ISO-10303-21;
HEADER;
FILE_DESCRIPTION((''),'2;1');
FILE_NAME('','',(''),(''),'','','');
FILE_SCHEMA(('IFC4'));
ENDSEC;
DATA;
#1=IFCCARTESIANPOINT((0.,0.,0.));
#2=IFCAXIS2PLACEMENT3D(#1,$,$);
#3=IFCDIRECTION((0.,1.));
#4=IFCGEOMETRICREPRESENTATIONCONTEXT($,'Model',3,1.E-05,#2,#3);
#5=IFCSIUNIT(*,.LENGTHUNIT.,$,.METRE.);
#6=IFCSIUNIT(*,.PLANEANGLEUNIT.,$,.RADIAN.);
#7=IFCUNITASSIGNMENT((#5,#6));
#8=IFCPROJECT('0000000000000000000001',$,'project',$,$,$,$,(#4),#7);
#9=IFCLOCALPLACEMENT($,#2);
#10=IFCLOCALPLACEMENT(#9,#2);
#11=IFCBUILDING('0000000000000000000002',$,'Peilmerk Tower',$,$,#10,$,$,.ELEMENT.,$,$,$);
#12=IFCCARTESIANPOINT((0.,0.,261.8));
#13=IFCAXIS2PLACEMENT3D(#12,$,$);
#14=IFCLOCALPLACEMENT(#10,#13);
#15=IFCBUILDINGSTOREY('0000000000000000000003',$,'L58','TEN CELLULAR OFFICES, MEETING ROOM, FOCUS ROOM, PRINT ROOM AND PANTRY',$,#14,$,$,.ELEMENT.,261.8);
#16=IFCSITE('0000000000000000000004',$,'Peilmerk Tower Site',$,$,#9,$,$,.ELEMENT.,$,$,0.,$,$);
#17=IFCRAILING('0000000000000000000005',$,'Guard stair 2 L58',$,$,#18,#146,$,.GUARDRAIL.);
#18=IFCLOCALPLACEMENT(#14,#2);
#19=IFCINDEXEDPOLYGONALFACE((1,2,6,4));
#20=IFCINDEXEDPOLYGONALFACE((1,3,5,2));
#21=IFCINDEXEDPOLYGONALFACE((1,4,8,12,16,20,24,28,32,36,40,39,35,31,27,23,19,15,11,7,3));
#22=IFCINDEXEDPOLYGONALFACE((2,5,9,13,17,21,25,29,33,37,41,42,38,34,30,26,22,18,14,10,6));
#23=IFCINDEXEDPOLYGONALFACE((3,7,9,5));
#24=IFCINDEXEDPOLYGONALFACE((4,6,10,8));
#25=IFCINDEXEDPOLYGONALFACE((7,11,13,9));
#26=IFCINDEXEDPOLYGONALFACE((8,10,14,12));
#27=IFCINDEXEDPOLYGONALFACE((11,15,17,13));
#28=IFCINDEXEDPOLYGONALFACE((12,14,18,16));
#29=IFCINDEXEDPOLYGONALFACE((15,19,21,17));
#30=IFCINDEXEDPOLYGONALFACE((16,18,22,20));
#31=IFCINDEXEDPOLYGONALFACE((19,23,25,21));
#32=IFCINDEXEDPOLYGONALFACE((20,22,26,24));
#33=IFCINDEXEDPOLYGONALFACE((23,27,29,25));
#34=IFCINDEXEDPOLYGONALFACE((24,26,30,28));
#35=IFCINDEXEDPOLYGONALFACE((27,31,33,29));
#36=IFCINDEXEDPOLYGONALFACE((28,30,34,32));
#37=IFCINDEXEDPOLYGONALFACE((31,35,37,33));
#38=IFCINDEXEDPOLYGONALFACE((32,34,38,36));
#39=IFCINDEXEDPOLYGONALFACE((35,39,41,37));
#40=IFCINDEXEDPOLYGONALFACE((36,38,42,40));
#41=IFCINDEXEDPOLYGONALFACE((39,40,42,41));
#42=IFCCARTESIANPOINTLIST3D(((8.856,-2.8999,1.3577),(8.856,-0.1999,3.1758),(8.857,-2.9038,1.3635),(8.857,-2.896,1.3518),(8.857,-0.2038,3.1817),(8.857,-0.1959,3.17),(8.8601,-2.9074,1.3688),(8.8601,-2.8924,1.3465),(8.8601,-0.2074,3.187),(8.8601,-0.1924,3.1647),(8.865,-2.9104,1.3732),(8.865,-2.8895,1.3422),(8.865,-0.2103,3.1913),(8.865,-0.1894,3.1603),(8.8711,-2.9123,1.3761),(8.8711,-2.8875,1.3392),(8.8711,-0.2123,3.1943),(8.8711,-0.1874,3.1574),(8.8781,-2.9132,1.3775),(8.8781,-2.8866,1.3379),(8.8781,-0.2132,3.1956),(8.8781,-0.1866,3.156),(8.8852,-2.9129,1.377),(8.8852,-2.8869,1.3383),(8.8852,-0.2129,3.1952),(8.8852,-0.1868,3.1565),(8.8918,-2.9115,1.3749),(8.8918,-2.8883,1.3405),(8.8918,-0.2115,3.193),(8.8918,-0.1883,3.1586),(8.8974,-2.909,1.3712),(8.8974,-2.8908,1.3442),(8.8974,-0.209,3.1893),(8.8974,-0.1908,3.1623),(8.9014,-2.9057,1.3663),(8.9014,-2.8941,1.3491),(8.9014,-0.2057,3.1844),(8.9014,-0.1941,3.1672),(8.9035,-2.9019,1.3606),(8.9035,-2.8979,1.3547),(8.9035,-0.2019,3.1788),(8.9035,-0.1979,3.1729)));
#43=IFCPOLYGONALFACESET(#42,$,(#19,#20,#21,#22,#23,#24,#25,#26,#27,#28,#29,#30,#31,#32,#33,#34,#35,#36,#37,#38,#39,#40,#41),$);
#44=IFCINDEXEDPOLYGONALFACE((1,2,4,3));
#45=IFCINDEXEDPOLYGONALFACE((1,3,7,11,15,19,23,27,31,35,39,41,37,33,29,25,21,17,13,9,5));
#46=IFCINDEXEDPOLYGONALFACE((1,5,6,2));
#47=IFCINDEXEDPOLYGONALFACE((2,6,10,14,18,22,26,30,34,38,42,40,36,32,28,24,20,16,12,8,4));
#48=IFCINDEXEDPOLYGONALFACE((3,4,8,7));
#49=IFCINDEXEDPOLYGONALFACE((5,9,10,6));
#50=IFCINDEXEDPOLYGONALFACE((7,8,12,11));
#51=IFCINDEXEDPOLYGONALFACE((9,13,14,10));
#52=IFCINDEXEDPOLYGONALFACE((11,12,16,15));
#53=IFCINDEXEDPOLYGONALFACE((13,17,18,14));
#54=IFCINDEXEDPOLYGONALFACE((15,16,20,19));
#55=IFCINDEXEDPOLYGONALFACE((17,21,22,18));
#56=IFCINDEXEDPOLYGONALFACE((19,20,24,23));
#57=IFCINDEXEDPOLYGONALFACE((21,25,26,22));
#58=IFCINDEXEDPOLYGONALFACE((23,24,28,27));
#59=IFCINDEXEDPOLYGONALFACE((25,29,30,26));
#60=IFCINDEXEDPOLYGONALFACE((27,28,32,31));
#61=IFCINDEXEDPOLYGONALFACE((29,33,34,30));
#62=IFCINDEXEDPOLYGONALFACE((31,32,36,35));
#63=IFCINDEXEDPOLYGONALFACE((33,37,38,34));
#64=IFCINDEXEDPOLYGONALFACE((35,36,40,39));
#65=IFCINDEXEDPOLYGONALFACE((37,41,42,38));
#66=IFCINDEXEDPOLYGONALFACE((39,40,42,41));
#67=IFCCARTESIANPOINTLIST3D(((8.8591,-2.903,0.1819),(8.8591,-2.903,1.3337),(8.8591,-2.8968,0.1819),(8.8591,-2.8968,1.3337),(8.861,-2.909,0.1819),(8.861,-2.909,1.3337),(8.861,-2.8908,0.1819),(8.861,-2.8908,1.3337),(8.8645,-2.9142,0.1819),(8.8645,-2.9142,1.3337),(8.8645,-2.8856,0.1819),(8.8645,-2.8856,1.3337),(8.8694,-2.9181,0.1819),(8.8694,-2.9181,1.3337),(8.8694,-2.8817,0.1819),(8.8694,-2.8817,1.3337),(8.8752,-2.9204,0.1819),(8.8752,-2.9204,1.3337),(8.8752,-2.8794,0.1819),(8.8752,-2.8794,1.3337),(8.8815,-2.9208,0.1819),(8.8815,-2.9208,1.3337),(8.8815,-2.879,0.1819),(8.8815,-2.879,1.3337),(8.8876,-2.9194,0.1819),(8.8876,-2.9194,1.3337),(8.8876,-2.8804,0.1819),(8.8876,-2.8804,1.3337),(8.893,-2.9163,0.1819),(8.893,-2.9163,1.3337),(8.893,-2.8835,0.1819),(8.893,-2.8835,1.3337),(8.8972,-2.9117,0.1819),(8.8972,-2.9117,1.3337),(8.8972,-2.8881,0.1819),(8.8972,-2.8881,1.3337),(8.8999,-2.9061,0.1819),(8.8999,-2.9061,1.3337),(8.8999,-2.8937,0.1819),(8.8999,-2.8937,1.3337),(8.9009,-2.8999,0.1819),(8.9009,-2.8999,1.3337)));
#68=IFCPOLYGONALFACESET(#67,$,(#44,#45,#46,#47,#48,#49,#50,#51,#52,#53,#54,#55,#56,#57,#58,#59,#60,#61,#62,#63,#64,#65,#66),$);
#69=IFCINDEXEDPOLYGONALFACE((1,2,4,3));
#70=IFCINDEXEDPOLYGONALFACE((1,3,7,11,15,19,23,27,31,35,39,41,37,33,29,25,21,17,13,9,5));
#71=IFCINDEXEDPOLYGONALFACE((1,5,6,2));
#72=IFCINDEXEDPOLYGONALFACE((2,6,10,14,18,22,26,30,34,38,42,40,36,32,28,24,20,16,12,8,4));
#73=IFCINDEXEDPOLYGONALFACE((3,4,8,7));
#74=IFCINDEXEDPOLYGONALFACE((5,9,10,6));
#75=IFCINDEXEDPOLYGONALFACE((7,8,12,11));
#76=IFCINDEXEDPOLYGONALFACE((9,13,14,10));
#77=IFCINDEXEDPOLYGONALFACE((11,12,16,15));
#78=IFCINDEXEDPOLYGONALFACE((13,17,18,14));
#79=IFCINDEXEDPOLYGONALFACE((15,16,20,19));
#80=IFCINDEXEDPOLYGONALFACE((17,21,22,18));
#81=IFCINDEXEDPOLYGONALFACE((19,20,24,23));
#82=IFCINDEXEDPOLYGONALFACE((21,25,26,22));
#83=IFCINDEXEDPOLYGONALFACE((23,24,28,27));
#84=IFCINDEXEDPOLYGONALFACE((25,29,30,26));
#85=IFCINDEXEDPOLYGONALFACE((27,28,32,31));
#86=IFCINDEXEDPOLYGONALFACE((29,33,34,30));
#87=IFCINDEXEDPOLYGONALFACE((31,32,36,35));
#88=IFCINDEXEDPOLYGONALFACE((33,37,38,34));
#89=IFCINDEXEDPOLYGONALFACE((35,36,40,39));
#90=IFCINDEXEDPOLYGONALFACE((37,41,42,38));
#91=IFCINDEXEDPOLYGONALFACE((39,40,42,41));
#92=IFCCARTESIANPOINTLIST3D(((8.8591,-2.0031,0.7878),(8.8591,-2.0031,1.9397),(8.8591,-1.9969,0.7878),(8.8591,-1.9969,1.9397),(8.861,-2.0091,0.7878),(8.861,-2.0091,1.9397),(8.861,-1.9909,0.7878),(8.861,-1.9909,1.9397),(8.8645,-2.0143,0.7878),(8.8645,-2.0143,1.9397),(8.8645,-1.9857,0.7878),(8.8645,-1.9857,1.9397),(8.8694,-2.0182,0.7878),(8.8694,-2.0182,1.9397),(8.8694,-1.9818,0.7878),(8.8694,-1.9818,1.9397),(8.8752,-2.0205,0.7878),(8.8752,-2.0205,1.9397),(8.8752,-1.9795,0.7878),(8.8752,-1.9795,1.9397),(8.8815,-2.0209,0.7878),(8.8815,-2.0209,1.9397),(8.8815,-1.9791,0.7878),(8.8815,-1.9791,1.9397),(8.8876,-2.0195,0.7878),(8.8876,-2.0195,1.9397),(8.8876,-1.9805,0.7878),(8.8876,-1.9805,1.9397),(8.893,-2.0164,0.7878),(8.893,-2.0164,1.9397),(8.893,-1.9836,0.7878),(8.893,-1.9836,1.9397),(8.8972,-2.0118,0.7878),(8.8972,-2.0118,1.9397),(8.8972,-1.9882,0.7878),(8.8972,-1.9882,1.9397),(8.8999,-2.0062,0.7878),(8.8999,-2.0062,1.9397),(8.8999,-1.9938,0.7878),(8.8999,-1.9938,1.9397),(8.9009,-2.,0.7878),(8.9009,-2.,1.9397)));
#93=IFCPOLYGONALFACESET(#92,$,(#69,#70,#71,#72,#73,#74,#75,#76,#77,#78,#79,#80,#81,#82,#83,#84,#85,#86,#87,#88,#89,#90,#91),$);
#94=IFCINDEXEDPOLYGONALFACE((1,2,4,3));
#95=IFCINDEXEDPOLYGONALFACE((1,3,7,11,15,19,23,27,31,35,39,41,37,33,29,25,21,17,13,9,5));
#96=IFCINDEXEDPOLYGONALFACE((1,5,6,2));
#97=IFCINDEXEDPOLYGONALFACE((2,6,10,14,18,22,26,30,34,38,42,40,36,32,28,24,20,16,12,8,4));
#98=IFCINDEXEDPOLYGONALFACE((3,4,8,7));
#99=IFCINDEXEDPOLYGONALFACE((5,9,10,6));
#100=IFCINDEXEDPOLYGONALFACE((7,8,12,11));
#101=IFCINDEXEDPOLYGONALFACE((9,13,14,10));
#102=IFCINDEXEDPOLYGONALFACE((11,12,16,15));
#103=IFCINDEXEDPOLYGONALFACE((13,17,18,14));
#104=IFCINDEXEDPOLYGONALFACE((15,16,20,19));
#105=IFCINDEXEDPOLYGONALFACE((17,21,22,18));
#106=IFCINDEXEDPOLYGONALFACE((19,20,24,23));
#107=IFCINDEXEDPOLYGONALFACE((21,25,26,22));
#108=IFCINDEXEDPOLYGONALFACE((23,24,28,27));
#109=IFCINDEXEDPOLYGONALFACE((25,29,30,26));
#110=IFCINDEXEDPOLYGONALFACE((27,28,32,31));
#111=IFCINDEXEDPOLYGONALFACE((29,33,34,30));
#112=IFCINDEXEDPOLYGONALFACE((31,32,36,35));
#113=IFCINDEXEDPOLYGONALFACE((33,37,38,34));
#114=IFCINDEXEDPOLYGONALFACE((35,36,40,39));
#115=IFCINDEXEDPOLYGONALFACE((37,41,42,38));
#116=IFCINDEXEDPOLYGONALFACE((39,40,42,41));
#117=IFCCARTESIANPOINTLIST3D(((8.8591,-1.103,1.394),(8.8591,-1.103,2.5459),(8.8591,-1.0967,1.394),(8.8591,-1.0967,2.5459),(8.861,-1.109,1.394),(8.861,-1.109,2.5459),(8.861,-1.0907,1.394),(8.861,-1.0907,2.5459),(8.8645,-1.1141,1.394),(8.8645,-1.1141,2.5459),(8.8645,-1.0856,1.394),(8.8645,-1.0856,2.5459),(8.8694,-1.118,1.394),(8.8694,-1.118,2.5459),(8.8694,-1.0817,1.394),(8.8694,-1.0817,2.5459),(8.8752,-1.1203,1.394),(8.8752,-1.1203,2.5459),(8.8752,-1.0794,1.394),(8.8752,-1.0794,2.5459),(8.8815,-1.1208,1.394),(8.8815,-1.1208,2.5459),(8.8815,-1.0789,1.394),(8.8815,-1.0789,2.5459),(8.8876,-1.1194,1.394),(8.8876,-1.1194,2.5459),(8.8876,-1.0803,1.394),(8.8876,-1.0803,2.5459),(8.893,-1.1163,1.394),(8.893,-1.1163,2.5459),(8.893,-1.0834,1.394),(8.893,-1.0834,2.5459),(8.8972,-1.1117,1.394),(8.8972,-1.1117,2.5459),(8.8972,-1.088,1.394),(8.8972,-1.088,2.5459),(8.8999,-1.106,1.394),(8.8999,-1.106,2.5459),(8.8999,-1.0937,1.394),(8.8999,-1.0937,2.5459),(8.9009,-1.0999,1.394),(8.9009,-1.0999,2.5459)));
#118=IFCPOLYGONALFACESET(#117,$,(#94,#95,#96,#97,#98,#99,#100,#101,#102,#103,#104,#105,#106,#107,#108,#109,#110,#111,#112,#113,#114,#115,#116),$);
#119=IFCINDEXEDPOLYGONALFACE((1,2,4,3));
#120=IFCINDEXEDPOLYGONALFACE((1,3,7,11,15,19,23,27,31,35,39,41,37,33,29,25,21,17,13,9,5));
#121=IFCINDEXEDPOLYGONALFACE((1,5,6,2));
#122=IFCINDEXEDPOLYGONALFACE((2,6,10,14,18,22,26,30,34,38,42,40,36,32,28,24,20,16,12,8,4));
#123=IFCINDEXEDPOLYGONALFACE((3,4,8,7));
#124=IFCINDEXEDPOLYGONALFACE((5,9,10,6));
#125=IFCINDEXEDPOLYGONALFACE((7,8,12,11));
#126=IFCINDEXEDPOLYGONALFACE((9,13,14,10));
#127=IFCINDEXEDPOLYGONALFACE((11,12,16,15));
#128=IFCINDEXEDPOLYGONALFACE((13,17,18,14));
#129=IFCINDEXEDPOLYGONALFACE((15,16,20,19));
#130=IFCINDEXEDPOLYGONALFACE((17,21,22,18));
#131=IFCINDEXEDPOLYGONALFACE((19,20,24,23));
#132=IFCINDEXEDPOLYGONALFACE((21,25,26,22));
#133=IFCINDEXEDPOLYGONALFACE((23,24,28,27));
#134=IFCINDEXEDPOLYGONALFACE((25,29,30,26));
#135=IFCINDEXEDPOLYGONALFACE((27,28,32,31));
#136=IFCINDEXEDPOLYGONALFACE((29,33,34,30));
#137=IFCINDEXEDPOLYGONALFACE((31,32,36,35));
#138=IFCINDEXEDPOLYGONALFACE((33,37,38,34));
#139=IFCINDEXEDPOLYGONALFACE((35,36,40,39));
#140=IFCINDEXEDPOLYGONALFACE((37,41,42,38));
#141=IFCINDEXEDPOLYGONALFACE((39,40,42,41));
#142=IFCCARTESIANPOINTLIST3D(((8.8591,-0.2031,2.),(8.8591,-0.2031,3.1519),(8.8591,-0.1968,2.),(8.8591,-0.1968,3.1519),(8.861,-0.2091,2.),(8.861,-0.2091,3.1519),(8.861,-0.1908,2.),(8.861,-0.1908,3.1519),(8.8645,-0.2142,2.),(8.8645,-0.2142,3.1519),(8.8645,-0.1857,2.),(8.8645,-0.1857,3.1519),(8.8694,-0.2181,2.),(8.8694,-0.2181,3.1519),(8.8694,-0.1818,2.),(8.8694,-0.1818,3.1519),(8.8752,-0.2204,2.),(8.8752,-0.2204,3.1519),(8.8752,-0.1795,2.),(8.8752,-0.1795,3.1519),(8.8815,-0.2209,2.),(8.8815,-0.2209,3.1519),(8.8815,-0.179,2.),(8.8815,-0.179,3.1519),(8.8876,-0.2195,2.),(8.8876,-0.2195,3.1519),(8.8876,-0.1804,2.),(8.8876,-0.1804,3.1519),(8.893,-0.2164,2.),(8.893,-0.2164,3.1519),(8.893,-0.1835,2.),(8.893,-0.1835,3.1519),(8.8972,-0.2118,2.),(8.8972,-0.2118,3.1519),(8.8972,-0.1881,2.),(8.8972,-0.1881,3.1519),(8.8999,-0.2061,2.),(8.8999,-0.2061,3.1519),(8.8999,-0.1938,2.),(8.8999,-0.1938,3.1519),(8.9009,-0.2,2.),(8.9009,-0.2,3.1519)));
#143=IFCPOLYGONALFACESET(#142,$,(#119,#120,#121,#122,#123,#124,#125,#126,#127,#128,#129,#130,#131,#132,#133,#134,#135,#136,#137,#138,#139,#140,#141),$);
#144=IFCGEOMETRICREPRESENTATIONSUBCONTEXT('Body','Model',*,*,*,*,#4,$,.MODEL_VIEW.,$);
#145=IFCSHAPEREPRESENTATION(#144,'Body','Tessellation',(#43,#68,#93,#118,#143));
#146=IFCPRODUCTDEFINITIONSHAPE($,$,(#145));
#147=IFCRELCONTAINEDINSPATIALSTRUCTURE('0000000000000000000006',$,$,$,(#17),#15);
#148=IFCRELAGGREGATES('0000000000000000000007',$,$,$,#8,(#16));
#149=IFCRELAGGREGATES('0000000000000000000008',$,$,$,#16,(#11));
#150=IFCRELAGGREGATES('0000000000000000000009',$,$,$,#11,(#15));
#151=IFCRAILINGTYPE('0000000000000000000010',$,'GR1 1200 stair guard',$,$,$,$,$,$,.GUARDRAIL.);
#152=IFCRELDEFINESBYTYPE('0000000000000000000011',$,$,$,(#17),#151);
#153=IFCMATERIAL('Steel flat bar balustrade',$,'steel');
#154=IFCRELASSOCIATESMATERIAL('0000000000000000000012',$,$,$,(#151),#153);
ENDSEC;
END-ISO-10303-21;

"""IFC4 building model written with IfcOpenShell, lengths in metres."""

from ifc_helpers import new_model, si_unit, direction, frame, origin, origin_2d, place, context, subcontext, project, spatial, circle, extrude, material, type_object, element, save


model = new_model("IFC4")

# Units and contexts
model_context = context("Model", 3, precision=1e-05, world=origin(), true_north=direction((0.0, 1.0)))
body_context = subcontext(model_context, "Body", "Model", "MODEL_VIEW")
ifc_project = project(units=[si_unit("LENGTHUNIT", "METRE"), si_unit("PLANEANGLEUNIT", "RADIAN")], contexts=[model_context])

# Site, building, storey
site_placement = place(None, origin())
site = spatial("IfcSite", under=ifc_project, at=site_placement, Name="Peilmerk Tower Site", CompositionType="ELEMENT", RefElevation=0.0)
building_placement = place(site_placement, origin())
building = spatial("IfcBuilding", under=site, at=building_placement, Name="Peilmerk Tower", CompositionType="ELEMENT")
storey_placement = place(building_placement, frame((0.0, 0.0, 261.8)))
storey = spatial("IfcBuildingStorey", under=building, at=storey_placement, Name="L58", Description="TEN CELLULAR OFFICES, MEETING ROOM, FOCUS ROOM, PRINT ROOM AND PANTRY", CompositionType="ELEMENT", Elevation=261.8)

# Railing
ifc_material_1 = material(Name="Steel flat bar balustrade", Category="steel")
railing_type_1 = type_object("IfcRailingType", Name="GR1 1200 stair guard", PredefinedType="GUARDRAIL", material=ifc_material_1)
railing_1_placement = place(storey_placement, frame((8.8799, -2.8999, 0.1819)))
element("IfcRailing", 1, at=railing_1_placement, inside=storey, type_object=railing_type_1, Name="Guard stair 2 L58", PredefinedType="GUARDRAIL", context=body_context, shape_type="SweptSolid", body=[
    extrude(circle(Radius=0.0239, at=origin_2d()), frame((0.0, 0.0, 1.1758), z_axis=(0.0, 0.829468, 0.558554), x_axis=(-1.0, 0.0, 0.0)), (0.0, 0.0, 1.0), 3.2551),
    extrude(circle(Radius=0.021, at=origin_2d()), origin(), (0.0, 0.0, 1.0), 1.1519),
    extrude(circle(Radius=0.021, at=origin_2d()), frame((0.0, 0.8999, 0.606)), (0.0, 0.0, 1.0), 1.1519),
    extrude(circle(Radius=0.021, at=origin_2d()), frame((0.0, 1.8, 1.2122)), (0.0, 0.0, 1.0), 1.1519),
    extrude(circle(Radius=0.021, at=origin_2d()), frame((0.0, 2.7, 1.8181)), (0.0, 0.0, 1.0), 1.1519),
])

save(model, "model.ifc")
